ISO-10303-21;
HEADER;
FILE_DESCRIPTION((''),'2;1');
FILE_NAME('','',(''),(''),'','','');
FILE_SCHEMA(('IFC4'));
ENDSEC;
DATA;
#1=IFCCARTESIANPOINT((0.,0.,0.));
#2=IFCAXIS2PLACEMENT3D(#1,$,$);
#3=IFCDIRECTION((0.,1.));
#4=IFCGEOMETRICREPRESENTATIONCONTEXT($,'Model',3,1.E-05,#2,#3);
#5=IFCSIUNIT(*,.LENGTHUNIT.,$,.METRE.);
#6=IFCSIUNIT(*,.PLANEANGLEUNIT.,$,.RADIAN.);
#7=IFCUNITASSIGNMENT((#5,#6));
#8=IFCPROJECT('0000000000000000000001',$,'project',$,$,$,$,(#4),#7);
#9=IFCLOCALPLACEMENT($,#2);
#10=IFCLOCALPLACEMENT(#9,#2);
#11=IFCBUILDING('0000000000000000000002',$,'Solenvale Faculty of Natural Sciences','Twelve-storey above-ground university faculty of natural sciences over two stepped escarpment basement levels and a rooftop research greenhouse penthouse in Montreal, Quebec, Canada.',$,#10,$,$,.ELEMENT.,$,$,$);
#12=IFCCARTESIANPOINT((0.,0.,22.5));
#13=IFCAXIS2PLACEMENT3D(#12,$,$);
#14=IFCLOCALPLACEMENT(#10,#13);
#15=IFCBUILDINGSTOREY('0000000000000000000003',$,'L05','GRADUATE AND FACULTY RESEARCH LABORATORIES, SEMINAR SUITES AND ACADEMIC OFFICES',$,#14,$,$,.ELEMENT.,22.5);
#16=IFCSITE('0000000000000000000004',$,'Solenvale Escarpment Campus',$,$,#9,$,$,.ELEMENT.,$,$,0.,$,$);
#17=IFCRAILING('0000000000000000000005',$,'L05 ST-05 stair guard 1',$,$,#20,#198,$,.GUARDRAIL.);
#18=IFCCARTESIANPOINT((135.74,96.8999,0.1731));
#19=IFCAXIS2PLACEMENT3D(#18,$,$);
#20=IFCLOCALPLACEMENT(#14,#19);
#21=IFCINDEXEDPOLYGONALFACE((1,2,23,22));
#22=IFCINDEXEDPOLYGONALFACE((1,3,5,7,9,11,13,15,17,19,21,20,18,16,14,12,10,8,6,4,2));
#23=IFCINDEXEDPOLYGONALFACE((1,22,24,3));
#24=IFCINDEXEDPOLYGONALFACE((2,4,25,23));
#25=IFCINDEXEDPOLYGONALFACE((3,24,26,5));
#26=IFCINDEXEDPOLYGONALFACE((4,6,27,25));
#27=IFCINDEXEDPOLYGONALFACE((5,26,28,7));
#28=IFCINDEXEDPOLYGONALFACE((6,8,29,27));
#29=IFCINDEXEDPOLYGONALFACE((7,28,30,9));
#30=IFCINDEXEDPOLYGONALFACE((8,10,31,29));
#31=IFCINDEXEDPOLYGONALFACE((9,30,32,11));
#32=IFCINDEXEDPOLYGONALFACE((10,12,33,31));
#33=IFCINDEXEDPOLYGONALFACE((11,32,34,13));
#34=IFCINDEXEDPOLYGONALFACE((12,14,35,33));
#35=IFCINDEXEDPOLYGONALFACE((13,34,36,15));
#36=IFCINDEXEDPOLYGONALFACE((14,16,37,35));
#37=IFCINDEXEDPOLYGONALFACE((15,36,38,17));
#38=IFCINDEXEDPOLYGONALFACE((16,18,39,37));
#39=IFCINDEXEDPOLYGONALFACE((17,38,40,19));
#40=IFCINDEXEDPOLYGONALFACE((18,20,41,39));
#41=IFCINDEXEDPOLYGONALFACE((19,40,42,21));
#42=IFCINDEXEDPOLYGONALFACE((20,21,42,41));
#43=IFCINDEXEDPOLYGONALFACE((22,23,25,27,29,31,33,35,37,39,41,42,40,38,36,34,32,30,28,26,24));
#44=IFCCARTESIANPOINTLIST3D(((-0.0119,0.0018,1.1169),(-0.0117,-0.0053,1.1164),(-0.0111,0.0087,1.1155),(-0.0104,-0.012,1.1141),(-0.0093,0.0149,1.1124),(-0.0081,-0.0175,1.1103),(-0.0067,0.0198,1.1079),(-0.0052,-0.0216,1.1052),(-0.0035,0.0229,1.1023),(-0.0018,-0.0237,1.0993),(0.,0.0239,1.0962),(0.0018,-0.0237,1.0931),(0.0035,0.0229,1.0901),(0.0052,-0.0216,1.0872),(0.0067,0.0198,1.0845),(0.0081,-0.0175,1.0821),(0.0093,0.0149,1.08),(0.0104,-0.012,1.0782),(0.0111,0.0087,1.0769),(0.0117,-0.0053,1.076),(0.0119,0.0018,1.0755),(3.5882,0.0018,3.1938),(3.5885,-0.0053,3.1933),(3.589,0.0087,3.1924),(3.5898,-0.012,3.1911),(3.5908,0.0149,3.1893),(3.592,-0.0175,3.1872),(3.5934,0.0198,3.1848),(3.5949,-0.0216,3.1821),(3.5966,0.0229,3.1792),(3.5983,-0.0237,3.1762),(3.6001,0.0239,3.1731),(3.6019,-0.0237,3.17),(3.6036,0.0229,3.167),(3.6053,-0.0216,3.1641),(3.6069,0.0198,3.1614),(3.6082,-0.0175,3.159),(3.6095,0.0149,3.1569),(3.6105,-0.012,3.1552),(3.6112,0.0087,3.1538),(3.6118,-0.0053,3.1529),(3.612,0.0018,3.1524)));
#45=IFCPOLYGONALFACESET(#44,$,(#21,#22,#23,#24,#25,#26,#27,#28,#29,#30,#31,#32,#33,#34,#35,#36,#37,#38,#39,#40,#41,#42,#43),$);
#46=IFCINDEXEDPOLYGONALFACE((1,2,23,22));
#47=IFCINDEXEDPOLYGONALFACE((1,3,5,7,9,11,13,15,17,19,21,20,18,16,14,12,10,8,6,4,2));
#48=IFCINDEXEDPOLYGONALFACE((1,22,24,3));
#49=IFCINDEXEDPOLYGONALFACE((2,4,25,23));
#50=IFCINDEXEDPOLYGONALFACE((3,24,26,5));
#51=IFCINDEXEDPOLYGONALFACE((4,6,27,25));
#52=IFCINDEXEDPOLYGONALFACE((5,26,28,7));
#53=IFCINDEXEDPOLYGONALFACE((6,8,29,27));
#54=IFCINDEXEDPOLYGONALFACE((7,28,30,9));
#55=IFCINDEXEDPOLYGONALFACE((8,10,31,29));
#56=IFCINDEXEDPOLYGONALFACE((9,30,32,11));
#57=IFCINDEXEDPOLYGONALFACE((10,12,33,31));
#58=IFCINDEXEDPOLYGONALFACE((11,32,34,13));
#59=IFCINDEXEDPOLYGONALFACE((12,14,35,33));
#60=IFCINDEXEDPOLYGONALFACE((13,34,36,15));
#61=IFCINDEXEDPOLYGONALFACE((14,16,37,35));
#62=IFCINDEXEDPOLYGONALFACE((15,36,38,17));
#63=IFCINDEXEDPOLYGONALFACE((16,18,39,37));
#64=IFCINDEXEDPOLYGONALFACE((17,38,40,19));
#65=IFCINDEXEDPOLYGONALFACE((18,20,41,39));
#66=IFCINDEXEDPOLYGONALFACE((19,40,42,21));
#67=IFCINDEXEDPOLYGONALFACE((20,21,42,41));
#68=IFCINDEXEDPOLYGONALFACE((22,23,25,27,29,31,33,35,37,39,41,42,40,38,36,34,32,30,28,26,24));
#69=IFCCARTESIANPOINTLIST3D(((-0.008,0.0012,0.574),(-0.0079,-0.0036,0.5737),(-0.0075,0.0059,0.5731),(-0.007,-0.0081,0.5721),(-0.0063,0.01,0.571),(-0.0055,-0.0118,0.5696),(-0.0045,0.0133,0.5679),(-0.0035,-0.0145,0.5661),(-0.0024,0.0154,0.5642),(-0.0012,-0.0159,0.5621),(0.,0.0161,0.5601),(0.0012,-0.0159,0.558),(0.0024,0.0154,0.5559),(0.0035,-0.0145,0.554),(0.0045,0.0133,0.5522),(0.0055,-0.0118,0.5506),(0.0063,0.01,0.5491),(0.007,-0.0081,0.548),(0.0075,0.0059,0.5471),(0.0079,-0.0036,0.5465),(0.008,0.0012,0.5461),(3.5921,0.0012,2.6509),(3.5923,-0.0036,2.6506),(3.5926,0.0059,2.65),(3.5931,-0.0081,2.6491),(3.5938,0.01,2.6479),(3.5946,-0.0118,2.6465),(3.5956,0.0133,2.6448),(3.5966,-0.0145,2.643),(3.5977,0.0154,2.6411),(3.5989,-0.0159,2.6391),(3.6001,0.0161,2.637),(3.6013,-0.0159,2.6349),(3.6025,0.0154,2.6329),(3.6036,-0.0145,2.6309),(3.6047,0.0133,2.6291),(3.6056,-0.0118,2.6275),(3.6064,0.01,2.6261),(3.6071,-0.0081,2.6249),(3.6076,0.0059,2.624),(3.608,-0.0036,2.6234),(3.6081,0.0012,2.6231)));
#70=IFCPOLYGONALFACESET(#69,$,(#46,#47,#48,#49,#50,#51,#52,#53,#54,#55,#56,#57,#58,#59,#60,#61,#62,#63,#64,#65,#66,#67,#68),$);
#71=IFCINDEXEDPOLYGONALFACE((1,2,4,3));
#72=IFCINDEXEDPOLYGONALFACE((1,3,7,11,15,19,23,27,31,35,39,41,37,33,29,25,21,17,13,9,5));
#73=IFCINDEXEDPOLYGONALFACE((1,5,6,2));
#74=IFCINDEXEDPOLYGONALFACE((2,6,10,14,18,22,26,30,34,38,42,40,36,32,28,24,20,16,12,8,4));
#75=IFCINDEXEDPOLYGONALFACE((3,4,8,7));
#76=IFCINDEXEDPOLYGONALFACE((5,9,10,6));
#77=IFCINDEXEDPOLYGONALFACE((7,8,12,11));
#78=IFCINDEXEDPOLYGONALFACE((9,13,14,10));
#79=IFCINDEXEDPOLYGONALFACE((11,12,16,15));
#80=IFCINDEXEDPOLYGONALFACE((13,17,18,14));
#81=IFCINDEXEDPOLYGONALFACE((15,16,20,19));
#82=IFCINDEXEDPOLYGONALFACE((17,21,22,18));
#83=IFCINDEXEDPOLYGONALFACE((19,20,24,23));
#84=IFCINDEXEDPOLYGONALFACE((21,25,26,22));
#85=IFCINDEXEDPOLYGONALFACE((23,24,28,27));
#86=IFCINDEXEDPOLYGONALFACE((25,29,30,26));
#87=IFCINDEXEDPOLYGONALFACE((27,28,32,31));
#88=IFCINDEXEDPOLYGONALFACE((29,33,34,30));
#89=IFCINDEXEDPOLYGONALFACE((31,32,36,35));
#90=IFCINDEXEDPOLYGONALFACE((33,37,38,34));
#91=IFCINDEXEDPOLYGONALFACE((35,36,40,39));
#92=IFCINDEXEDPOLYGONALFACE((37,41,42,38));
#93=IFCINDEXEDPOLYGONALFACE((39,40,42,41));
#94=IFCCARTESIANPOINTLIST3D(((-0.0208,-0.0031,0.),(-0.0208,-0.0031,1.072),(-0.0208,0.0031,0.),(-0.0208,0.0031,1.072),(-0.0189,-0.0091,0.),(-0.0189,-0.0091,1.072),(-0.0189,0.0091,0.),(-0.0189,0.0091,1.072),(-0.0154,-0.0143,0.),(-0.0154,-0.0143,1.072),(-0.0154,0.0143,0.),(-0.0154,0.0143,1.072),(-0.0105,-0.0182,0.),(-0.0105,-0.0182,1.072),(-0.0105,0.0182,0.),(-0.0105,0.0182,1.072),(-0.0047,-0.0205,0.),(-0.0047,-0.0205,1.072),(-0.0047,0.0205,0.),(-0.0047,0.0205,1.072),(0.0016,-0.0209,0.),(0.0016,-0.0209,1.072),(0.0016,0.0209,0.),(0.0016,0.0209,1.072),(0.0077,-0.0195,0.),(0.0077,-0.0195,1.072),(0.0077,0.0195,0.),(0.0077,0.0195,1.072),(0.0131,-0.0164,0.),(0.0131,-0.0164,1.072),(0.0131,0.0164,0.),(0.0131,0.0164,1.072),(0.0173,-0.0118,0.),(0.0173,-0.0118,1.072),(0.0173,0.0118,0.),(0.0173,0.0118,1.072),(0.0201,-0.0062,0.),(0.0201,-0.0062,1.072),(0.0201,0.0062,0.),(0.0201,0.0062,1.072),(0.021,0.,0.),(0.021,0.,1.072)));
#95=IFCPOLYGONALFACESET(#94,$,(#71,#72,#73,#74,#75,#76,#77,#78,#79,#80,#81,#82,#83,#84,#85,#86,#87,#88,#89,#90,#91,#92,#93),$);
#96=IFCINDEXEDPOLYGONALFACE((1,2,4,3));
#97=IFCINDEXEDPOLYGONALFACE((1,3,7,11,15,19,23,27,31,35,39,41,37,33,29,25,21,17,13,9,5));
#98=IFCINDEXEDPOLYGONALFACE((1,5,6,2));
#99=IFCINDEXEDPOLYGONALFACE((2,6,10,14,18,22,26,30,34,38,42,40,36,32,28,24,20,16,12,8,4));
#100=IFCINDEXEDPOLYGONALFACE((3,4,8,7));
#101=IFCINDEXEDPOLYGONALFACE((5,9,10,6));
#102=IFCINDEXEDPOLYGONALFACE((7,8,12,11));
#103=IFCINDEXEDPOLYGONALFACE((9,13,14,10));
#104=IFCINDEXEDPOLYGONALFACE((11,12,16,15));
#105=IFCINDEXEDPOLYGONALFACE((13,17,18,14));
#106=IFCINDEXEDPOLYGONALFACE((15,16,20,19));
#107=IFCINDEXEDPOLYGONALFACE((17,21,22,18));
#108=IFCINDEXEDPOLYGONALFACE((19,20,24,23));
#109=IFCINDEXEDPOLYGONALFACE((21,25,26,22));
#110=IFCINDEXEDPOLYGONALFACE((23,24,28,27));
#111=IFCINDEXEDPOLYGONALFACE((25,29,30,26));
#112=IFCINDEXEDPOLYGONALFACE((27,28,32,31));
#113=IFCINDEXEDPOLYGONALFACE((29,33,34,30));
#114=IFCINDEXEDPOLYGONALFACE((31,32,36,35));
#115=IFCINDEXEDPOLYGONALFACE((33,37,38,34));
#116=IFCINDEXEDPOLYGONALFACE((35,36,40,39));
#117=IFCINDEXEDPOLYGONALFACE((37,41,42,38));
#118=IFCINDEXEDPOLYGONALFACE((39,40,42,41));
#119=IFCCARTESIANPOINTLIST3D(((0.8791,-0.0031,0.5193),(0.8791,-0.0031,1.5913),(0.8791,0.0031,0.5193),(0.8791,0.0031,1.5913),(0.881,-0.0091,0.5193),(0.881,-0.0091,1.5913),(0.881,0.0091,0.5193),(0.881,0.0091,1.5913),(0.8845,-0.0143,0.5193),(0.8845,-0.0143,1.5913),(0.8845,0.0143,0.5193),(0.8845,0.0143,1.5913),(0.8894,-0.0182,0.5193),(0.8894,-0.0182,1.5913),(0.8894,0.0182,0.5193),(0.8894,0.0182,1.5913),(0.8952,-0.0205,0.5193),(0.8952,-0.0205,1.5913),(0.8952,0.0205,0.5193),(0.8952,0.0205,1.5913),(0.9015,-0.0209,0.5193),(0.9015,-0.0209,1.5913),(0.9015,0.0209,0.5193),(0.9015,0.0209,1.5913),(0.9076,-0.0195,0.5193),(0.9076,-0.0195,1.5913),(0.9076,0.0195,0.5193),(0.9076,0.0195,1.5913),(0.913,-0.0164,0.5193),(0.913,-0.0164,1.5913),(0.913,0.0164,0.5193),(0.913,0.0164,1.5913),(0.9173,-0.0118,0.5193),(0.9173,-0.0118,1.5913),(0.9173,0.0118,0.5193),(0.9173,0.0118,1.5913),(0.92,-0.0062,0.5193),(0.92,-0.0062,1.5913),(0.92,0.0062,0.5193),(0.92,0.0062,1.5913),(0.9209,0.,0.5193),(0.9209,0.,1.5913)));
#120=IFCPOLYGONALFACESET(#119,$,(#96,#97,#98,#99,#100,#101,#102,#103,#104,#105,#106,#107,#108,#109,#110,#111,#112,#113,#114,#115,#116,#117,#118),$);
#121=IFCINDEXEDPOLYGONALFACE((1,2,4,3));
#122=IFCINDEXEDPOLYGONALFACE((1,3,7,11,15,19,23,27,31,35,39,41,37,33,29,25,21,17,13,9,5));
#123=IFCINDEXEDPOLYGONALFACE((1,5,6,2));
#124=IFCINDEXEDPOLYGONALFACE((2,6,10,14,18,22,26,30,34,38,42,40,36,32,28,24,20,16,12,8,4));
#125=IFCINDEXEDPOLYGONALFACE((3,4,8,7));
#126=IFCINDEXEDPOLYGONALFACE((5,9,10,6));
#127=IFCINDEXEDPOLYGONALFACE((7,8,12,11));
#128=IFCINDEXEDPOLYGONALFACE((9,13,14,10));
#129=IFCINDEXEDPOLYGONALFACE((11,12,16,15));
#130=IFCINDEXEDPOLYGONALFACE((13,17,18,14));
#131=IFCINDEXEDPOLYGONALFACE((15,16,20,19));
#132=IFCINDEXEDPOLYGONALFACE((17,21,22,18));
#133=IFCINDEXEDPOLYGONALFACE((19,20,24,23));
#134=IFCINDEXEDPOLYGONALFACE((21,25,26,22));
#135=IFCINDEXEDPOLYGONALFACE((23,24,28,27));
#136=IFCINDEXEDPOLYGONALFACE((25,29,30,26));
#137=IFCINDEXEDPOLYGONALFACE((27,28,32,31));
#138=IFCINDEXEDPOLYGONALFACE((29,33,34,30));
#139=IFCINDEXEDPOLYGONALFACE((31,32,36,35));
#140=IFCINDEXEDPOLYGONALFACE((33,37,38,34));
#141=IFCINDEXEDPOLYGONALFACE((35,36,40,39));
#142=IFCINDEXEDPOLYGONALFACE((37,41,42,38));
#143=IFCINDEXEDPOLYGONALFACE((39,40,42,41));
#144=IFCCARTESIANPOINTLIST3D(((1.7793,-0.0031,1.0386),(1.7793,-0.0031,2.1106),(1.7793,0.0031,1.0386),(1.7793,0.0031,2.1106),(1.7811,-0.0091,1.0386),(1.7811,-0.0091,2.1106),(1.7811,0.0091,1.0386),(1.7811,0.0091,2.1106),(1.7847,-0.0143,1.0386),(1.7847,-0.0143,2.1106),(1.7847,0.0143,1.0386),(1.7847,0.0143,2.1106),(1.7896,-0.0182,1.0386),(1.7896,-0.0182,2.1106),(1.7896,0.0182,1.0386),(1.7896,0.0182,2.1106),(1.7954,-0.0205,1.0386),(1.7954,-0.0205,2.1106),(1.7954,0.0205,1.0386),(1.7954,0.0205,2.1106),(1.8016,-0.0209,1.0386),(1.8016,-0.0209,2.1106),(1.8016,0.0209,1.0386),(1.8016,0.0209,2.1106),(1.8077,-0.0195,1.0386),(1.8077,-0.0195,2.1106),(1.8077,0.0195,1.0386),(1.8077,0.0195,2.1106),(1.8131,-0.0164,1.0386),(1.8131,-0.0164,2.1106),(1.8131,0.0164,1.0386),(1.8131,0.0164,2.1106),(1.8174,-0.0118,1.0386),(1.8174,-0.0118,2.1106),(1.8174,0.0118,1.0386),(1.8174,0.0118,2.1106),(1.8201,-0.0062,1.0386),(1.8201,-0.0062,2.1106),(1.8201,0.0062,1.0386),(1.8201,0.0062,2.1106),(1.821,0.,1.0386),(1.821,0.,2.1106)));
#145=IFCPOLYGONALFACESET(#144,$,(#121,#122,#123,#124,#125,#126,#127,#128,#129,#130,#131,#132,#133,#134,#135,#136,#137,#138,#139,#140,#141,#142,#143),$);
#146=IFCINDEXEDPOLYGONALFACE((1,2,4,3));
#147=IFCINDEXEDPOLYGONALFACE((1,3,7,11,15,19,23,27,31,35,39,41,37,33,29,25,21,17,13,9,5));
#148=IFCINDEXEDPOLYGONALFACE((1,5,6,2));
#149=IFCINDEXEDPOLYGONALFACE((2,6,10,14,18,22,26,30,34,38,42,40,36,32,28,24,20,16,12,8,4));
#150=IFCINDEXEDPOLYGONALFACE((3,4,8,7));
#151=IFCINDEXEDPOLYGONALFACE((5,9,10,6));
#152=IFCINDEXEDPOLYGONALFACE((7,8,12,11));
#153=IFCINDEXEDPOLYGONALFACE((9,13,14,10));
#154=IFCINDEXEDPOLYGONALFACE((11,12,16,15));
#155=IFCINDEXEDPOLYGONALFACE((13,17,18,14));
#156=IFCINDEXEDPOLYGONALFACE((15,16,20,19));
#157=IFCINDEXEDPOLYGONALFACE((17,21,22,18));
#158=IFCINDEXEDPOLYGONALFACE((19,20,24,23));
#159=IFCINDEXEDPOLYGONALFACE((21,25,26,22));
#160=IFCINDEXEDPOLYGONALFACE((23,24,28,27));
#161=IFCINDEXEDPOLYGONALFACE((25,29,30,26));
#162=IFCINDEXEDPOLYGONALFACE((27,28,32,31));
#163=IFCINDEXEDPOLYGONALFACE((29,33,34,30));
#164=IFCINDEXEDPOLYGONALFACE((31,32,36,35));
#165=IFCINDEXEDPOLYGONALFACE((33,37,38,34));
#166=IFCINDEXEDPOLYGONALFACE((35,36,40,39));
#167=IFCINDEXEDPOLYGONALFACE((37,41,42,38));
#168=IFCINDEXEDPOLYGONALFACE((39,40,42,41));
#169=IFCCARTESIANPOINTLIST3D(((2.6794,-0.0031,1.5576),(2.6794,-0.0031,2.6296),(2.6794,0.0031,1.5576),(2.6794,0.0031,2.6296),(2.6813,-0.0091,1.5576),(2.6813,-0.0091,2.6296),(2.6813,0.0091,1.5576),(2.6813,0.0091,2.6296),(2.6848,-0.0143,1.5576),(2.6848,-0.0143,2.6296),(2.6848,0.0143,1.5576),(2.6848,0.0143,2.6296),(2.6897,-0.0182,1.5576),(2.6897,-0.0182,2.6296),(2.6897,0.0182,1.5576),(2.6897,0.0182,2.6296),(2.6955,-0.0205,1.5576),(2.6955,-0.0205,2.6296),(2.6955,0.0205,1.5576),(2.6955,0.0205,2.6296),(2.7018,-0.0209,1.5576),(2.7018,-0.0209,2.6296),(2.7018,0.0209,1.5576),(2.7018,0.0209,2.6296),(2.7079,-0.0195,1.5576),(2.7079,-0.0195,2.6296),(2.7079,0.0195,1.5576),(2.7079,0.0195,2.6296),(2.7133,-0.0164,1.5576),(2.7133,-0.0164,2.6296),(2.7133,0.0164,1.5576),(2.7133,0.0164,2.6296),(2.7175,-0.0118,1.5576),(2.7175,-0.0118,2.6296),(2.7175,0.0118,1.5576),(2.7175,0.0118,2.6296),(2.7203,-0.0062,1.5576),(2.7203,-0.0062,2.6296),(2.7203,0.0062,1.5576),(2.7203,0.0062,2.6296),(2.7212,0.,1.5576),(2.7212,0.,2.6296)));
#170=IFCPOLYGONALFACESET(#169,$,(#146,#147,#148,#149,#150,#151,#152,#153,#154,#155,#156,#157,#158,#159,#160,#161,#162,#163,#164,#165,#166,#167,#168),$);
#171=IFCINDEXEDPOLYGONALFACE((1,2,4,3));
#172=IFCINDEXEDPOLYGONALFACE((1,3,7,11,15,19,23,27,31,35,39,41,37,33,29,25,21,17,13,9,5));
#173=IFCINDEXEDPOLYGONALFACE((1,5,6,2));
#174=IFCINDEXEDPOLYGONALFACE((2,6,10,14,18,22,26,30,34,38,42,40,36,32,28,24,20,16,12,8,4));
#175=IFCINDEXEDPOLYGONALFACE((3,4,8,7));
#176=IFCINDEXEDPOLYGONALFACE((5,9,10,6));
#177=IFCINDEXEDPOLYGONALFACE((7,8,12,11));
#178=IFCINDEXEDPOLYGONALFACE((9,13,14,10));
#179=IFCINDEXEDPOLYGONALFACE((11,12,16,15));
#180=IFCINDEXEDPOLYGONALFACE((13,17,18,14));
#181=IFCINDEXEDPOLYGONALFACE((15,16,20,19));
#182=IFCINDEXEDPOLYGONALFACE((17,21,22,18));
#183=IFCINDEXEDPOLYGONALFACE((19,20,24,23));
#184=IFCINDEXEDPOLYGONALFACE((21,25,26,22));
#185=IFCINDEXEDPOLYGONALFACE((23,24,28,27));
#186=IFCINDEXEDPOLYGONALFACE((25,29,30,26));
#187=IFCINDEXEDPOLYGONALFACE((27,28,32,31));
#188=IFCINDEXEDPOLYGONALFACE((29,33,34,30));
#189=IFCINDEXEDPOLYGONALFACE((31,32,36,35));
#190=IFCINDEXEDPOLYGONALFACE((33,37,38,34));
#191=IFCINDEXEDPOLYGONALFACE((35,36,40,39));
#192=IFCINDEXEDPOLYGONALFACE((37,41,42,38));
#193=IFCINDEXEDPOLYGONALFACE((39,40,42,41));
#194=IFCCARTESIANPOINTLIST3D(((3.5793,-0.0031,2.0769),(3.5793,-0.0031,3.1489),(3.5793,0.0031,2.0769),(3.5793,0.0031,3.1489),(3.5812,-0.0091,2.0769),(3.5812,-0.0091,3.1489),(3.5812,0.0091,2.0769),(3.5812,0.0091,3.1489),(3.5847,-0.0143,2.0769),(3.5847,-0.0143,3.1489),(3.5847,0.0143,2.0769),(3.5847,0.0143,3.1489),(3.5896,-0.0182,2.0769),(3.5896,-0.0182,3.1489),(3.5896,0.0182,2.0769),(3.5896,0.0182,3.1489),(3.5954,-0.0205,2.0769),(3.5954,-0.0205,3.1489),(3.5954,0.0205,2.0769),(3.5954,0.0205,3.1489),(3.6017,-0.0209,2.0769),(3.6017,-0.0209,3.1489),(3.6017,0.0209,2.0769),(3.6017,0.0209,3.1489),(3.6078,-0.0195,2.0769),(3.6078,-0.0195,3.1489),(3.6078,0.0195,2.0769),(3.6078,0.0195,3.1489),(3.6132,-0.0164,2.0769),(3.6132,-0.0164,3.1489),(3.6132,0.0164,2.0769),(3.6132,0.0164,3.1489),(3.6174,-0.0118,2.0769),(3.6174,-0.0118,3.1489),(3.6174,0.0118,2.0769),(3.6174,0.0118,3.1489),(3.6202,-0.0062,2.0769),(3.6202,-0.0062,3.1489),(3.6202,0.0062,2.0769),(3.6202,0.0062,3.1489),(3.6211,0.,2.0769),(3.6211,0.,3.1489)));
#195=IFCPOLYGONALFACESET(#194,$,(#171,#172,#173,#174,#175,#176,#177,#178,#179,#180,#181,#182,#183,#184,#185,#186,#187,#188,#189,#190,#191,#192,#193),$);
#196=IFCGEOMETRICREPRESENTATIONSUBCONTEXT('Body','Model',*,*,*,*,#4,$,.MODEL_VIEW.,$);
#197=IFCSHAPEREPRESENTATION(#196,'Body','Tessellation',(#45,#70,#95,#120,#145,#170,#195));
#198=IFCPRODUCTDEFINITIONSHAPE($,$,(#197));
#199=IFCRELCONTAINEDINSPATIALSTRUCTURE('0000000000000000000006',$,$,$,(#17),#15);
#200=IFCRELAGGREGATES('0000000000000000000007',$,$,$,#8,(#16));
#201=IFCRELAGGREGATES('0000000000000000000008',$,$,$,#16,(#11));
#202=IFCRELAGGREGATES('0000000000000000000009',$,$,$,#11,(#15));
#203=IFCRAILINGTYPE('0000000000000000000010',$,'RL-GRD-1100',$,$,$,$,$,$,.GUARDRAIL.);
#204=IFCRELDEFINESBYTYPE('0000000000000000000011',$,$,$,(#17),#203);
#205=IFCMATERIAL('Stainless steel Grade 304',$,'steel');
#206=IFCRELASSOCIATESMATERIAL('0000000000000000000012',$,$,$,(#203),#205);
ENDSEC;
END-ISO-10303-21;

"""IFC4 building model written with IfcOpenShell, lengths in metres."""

from ifc_helpers import new_model, si_unit, direction, frame, origin, origin_2d, place, context, subcontext, project, spatial, circle, extrude, material, type_object, element, save


model = new_model("IFC4")

# Units and contexts
model_context = context("Model", 3, precision=1e-05, world=origin(), true_north=direction((0.0, 1.0)))
body_context = subcontext(model_context, "Body", "Model", "MODEL_VIEW")
ifc_project = project(units=[si_unit("LENGTHUNIT", "METRE"), si_unit("PLANEANGLEUNIT", "RADIAN")], contexts=[model_context])

# Site, building, storey
site_placement = place(None, origin())
site = spatial("IfcSite", under=ifc_project, at=site_placement, Name="Solenvale Escarpment Campus", CompositionType="ELEMENT", RefElevation=0.0)
building_placement = place(site_placement, origin())
building = spatial("IfcBuilding", under=site, at=building_placement, Name="Solenvale Faculty of Natural Sciences", Description="Twelve-storey above-ground university faculty of natural sciences over two stepped escarpment basement levels and a rooftop research greenhouse penthouse in Montreal, Quebec, Canada.", CompositionType="ELEMENT")
storey_placement = place(building_placement, frame((0.0, 0.0, 22.5)))
storey = spatial("IfcBuildingStorey", under=building, at=storey_placement, Name="L05", Description="GRADUATE AND FACULTY RESEARCH LABORATORIES, SEMINAR SUITES AND ACADEMIC OFFICES", CompositionType="ELEMENT", Elevation=22.5)

# Railing
ifc_material_1 = material(Name="Stainless steel Grade 304", Category="steel")
railing_type_1 = type_object("IfcRailingType", Name="RL-GRD-1100", PredefinedType="GUARDRAIL", material=ifc_material_1)
railing_1_placement = place(storey_placement, frame((135.74, 96.8999, 0.1731)))
element("IfcRailing", 1, at=railing_1_placement, inside=storey, type_object=railing_type_1, Name="L05 ST-05 stair guard 1", PredefinedType="GUARDRAIL", context=body_context, shape_type="SweptSolid", body=[
    extrude(circle(Radius=0.0239, at=origin_2d()), frame((0.0, 0.0, 1.0962), z_axis=(0.866193, 0.0, 0.499709), x_axis=(0.0, 1.0, 0.0)), (0.0, 0.0, 1.0), 4.1562),
    extrude(circle(Radius=0.0161, at=origin_2d()), frame((0.0, 0.0, 0.5601), z_axis=(0.866193, 0.0, 0.499709), x_axis=(0.0, 1.0, 0.0)), (0.0, 0.0, 1.0), 4.1562),
    extrude(circle(Radius=0.021, at=origin_2d()), origin(), (0.0, 0.0, 1.0), 1.072),
    extrude(circle(Radius=0.021, at=origin_2d()), frame((0.8999, 0.0, 0.5193)), (0.0, 0.0, 1.0), 1.072),
    extrude(circle(Radius=0.021, at=origin_2d()), frame((1.8, 0.0, 1.0386)), (0.0, 0.0, 1.0), 1.072),
    extrude(circle(Radius=0.021, at=origin_2d()), frame((2.7002, 0.0, 1.5576)), (0.0, 0.0, 1.0), 1.072),
    extrude(circle(Radius=0.021, at=origin_2d()), frame((3.6001, 0.0, 2.0769)), (0.0, 0.0, 1.0), 1.072),
])

save(model, "model.ifc")
